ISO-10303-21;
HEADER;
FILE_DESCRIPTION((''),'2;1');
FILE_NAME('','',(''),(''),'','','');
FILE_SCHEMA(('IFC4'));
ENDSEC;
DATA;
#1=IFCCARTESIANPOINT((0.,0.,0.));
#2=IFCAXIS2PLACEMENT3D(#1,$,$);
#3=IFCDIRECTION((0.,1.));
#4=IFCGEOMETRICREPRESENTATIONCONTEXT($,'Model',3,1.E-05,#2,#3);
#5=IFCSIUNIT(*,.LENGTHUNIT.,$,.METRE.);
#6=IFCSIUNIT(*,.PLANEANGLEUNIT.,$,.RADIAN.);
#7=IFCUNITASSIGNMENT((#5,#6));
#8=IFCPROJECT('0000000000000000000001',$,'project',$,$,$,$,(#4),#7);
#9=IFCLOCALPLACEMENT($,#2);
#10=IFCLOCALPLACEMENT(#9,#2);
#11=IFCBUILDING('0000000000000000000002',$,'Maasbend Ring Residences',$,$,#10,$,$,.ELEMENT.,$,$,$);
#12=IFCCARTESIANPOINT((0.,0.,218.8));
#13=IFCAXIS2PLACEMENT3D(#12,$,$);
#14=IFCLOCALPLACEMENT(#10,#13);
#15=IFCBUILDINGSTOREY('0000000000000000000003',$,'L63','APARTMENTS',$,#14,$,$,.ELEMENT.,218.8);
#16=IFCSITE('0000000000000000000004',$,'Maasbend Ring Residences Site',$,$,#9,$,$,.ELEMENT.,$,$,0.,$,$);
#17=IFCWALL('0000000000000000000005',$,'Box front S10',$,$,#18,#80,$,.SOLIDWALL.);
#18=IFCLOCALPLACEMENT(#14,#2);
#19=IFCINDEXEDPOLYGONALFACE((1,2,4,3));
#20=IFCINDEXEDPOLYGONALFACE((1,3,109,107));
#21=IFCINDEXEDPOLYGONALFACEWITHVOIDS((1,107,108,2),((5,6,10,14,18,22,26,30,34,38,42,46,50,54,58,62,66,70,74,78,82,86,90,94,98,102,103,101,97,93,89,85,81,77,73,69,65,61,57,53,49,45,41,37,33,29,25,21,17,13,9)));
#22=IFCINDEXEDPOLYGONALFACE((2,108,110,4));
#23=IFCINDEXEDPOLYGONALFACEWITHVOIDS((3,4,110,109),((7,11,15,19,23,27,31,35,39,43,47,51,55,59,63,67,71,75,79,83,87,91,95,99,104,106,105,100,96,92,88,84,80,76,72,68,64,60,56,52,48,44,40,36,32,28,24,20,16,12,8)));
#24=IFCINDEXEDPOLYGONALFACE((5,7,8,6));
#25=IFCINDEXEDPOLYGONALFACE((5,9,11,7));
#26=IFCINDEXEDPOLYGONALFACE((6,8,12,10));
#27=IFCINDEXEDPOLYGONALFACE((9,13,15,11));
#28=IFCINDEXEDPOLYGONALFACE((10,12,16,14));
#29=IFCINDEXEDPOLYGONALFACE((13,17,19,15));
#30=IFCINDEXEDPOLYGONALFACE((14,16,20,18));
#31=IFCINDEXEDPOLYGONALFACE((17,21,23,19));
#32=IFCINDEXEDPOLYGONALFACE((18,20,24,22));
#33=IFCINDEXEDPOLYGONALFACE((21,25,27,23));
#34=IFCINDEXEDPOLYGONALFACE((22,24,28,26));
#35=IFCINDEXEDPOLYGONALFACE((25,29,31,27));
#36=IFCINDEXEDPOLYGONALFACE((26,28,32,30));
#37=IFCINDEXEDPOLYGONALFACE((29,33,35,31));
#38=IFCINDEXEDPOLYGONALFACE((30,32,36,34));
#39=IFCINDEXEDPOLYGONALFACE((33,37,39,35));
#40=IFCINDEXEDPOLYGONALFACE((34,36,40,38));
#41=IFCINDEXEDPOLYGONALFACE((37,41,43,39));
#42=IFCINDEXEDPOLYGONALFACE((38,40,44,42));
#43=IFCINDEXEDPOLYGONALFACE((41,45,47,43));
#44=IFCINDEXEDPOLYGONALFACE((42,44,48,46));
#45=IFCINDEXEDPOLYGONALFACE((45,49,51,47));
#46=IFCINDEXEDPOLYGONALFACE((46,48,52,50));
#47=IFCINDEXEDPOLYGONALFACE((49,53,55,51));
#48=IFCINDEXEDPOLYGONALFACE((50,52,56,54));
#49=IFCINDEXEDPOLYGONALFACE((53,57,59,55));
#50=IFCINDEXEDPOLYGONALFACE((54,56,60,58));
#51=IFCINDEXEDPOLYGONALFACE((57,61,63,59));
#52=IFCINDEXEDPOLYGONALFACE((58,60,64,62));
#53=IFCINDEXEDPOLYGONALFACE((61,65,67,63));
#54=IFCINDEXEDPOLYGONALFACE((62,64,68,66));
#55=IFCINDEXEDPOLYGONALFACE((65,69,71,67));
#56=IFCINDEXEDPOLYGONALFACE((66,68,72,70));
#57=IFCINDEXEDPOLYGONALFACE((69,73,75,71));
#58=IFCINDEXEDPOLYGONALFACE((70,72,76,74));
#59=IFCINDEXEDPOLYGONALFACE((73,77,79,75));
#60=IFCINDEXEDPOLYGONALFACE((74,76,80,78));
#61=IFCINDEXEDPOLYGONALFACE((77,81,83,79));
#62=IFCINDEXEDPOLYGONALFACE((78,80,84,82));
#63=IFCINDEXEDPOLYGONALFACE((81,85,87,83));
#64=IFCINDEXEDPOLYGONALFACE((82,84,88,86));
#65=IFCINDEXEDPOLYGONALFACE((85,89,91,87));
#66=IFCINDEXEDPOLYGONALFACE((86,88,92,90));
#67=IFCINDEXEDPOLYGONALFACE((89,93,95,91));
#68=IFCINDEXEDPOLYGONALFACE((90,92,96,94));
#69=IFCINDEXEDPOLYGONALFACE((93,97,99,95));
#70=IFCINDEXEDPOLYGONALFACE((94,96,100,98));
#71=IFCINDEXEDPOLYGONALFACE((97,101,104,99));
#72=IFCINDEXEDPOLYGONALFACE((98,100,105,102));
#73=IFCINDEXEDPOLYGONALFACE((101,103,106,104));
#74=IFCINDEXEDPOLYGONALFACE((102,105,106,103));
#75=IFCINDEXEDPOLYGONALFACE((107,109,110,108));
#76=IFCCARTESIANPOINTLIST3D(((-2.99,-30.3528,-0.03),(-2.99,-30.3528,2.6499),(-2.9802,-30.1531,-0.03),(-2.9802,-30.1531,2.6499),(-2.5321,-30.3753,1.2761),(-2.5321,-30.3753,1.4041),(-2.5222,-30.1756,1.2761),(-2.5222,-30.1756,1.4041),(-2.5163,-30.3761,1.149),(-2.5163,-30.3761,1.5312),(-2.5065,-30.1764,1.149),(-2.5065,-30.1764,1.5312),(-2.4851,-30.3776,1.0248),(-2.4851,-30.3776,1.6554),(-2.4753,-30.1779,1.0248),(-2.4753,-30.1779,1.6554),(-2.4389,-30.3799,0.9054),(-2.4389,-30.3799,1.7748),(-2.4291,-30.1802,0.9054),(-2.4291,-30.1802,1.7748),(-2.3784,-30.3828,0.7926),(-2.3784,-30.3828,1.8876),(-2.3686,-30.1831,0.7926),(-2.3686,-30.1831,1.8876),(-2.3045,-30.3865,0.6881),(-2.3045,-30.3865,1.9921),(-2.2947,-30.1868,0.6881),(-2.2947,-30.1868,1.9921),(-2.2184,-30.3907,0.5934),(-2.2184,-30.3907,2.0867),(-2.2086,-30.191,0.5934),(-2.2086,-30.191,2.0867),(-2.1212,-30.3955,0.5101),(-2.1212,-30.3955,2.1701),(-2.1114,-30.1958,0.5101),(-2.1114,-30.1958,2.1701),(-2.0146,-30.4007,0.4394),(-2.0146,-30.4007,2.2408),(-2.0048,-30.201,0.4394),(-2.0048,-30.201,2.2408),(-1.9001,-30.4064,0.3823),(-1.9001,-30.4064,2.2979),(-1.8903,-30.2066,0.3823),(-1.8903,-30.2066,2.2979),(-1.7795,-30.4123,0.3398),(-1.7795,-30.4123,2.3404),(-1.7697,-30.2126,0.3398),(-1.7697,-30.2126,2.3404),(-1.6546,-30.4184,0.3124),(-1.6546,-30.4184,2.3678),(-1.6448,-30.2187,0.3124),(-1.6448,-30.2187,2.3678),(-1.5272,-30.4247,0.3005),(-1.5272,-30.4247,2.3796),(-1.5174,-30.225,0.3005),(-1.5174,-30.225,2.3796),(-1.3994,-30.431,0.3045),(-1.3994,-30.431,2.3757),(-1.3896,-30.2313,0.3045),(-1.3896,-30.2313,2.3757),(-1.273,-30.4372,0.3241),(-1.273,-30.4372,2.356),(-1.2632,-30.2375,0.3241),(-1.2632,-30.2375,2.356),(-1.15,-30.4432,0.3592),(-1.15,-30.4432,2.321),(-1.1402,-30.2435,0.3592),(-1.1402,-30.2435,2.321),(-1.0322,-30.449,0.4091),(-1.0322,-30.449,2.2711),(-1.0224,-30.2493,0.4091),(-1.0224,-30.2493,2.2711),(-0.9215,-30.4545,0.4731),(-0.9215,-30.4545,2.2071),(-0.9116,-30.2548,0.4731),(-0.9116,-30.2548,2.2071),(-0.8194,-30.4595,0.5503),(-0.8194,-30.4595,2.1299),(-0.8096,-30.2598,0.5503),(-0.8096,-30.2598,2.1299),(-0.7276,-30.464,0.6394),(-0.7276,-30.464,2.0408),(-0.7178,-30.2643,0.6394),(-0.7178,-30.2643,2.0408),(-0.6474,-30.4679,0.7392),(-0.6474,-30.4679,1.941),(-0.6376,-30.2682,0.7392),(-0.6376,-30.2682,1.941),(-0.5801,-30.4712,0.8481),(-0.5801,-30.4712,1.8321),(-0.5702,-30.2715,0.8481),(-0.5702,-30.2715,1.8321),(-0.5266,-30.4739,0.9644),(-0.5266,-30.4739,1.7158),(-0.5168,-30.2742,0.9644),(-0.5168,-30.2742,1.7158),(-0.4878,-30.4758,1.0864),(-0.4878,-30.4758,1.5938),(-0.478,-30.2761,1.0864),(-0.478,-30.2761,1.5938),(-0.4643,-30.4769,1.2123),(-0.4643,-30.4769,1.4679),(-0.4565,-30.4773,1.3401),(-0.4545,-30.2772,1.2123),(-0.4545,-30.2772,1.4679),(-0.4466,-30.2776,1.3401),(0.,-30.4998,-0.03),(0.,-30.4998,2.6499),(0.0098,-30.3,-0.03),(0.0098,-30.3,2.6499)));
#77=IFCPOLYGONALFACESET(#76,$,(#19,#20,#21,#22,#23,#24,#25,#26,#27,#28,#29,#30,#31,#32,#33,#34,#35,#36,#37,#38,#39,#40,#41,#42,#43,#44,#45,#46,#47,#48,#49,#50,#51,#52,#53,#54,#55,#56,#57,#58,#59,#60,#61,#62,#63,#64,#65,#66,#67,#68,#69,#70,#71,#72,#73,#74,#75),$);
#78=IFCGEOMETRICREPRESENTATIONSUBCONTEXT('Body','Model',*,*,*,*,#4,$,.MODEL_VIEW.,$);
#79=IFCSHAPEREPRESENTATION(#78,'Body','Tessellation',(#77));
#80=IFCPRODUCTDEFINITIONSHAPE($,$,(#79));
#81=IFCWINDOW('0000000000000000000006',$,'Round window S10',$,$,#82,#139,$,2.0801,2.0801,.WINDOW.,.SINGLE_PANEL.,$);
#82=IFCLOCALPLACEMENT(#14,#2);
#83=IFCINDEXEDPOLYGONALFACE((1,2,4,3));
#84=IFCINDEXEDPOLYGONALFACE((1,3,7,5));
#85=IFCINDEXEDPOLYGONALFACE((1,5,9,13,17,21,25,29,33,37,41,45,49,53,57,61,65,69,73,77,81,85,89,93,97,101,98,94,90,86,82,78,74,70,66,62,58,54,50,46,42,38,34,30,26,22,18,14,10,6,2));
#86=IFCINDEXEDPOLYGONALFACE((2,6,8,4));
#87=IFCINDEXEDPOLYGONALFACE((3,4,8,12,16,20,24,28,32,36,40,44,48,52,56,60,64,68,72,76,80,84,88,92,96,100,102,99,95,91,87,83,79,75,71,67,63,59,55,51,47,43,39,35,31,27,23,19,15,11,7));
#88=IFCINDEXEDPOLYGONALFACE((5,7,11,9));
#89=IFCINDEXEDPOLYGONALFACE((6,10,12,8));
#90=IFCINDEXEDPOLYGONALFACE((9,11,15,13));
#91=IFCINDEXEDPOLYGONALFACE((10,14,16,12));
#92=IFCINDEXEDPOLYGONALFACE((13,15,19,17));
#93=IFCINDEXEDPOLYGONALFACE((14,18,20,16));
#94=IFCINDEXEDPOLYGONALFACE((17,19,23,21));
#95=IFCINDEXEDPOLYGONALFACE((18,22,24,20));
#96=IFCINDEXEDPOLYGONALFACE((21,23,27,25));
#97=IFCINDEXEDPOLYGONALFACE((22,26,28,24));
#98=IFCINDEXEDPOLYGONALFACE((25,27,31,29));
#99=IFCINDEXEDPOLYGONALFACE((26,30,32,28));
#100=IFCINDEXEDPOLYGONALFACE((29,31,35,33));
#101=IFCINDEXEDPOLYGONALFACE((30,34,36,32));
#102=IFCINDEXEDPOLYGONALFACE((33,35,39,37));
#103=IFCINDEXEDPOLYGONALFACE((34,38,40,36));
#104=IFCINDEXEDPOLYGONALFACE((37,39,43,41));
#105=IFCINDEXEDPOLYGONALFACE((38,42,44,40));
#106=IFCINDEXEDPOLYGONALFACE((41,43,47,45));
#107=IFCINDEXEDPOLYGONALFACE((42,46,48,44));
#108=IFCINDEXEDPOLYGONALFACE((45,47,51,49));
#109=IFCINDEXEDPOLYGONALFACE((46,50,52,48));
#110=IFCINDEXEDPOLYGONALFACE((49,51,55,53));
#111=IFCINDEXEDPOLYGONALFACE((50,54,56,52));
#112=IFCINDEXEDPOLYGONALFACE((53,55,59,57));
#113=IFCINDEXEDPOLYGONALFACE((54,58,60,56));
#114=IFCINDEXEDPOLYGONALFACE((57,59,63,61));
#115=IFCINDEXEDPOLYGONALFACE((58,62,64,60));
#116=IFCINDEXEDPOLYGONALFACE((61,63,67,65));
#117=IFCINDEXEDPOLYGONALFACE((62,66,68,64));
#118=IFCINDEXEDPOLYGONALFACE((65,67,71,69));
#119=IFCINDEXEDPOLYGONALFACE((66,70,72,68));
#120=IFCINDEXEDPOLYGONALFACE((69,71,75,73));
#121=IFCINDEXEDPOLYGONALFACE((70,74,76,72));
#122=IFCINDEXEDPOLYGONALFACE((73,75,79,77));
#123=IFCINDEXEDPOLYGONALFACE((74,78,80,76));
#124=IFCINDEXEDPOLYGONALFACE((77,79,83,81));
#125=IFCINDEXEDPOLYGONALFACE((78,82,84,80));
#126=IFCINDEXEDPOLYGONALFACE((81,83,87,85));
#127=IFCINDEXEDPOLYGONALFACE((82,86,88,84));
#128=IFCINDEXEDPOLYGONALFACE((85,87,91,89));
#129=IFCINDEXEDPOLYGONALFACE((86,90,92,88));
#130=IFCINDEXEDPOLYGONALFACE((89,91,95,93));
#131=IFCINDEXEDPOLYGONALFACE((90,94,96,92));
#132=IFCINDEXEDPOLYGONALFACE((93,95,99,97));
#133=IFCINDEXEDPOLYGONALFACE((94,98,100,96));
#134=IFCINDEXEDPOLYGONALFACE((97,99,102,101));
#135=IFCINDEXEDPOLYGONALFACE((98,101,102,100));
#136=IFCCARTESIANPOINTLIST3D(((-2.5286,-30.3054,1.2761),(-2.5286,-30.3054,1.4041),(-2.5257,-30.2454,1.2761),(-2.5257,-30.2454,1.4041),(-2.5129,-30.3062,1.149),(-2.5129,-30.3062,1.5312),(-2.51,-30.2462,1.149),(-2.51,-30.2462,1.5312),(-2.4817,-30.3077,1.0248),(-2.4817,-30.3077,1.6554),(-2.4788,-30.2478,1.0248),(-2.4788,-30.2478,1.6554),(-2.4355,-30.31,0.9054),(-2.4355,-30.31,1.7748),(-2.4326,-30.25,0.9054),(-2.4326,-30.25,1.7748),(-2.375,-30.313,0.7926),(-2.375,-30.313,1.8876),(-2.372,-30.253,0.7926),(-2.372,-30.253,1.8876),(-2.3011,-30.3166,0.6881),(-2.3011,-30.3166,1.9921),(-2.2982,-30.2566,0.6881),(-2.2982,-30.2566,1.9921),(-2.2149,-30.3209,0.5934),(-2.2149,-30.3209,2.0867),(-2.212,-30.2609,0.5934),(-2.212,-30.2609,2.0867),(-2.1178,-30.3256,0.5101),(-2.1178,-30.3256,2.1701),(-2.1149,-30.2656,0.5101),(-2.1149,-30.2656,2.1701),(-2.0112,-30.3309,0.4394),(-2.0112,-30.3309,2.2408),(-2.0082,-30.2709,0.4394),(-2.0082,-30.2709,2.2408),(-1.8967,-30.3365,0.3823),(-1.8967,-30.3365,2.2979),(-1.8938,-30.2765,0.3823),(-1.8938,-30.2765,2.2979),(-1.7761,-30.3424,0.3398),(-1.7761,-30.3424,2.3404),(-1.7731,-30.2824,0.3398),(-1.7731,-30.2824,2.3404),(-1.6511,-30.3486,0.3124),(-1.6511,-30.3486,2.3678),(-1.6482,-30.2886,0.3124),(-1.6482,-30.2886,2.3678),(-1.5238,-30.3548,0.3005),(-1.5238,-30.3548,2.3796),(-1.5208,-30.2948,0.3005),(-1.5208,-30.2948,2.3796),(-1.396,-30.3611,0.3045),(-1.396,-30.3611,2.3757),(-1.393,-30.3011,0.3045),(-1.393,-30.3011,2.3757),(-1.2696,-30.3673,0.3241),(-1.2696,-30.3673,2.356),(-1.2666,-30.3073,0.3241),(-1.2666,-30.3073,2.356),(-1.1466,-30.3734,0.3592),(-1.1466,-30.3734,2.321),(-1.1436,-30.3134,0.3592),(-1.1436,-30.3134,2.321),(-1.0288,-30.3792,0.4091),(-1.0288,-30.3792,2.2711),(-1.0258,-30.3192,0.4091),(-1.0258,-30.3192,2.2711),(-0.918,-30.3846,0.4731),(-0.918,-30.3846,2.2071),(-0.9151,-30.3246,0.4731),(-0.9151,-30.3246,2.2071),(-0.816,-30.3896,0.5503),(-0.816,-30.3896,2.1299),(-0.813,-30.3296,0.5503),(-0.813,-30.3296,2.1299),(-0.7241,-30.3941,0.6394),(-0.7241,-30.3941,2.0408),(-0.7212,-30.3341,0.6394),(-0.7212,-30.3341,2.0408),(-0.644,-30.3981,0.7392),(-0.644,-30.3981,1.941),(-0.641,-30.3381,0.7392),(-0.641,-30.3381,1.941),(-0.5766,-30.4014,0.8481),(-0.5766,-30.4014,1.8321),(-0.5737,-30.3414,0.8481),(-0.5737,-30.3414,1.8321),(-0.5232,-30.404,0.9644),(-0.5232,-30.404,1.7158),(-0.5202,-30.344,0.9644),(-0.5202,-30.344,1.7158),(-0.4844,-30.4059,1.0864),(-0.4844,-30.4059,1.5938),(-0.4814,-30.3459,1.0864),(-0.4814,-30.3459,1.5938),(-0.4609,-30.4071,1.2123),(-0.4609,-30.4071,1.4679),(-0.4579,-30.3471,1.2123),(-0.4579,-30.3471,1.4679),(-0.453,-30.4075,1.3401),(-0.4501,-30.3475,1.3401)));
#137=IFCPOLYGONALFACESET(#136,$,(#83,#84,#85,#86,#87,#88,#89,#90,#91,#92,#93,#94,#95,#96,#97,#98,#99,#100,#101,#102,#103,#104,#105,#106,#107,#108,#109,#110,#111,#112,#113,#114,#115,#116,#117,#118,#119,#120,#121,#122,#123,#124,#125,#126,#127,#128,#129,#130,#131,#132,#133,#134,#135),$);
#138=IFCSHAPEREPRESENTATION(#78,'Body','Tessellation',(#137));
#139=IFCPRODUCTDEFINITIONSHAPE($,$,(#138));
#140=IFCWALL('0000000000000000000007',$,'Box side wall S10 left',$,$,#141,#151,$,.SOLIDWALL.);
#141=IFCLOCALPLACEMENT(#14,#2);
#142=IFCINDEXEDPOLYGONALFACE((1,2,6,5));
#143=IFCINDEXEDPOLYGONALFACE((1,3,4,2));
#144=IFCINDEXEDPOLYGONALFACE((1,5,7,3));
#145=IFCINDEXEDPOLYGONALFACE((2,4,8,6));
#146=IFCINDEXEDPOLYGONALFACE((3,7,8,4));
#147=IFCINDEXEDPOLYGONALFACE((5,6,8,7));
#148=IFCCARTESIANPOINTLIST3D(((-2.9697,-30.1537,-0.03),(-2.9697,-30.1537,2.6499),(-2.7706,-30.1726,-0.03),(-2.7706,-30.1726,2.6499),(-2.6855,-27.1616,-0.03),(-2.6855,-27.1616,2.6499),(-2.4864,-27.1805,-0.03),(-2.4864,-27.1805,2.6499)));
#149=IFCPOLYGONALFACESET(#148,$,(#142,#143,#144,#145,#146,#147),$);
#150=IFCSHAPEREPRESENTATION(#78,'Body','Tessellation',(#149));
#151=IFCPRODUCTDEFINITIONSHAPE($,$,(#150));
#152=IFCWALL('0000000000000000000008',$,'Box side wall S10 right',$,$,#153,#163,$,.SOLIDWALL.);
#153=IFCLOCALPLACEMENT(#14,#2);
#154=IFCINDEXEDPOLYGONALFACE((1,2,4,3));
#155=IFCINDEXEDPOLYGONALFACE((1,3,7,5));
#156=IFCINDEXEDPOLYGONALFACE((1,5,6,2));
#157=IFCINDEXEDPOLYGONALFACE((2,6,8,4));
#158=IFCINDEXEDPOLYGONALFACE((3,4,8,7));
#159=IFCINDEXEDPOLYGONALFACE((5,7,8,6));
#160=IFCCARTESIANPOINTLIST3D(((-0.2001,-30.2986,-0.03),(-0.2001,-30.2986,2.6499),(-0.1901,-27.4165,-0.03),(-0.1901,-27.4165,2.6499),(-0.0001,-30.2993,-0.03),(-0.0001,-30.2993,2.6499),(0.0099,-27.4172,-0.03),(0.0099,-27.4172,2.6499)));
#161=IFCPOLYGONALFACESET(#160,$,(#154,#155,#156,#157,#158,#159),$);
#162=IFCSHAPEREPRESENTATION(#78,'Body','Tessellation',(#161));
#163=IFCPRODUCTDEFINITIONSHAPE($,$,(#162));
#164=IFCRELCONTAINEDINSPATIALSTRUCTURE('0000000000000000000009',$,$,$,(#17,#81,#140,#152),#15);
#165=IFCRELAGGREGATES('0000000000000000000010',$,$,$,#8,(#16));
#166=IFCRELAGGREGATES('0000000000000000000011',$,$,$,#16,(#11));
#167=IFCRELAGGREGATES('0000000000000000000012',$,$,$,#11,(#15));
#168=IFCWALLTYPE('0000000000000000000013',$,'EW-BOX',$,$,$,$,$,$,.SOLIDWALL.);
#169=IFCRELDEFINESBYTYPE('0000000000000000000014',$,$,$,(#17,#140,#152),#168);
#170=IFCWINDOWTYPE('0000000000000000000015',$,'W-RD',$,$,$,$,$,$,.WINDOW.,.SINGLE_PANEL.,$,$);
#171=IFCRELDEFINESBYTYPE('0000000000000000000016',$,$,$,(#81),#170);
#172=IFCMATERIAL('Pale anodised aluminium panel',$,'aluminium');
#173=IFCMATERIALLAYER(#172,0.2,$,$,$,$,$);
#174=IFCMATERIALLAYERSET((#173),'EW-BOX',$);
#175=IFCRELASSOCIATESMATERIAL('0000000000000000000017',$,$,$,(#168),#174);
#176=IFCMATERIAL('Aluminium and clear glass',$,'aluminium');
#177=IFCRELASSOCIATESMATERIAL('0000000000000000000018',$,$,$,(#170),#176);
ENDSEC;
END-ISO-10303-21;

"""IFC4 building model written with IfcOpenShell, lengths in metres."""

from ifc_helpers import new_model, si_unit, direction, frame, frame_2d, origin, place, context, subcontext, project, spatial, rectangle, circle, extrude, material, layer, layer_set, type_object, element, fill, save


model = new_model("IFC4")

# Units and contexts
model_context = context("Model", 3, precision=1e-05, world=origin(), true_north=direction((0.0, 1.0)))
body_context = subcontext(model_context, "Body", "Model", "MODEL_VIEW")
ifc_project = project(units=[si_unit("LENGTHUNIT", "METRE"), si_unit("PLANEANGLEUNIT", "RADIAN")], contexts=[model_context])

# Site, building, storey
site_placement = place(None, origin())
site = spatial("IfcSite", under=ifc_project, at=site_placement, Name="Maasbend Ring Residences Site", CompositionType="ELEMENT", RefElevation=0.0)
building_placement = place(site_placement, origin())
building = spatial("IfcBuilding", under=site, at=building_placement, Name="Maasbend Ring Residences", CompositionType="ELEMENT")
storey_placement = place(building_placement, frame((0.0, 0.0, 218.8)))
storey = spatial("IfcBuildingStorey", under=building, at=storey_placement, Name="L63", Description="APARTMENTS", CompositionType="ELEMENT", Elevation=218.8)

# Shared definitions
ifc_material_1 = material(Name="Pale anodised aluminium panel", Category="aluminium")
ifc_layer_1 = layer(ifc_material_1, 0.2)
ifc_layer_set_1 = layer_set([ifc_layer_1], Name="EW-BOX")
wall_type_1 = type_object("IfcWallType", Name="EW-BOX", PredefinedType="SOLIDWALL", material=ifc_layer_set_1)

# Shared definitions
ifc_material_2 = material(Name="Aluminium and clear glass", Category="aluminium")
window_type_1 = type_object("IfcWindowType", Name="W-RD", PartitioningType="SINGLE_PANEL", PredefinedType="WINDOW", material=ifc_material_2)

# Wall, opening, window
wall_1_placement = place(storey_placement, frame((-2.9851, -30.2529, -0.03), z_axis=(0.0, 0.0, 1.0), x_axis=(0.998794, -0.049096, 0.0)))
wall_1 = element("IfcWall", 1, at=wall_1_placement, inside=storey, type_object=wall_type_1, Name="Box front S10", PredefinedType="SOLIDWALL", context=body_context, shape_type="SweptSolid", body=[
    extrude(rectangle(XDim=2.9937, YDim=0.2, at=frame_2d((1.4968, 0.0))), origin(), (0.0, 0.0, 1.0), 2.6799),
])
opening_1_placement = place(wall_1_placement, frame((0.4565, 0.0, 0.3301)))
opening_1 = element("IfcOpeningElement", 2, at=opening_1_placement, cuts=wall_1, PredefinedType="OPENING", context=body_context, shape_type="SweptSolid", body=[
    extrude(circle(Radius=1.04, at=frame_2d((1.04, 1.04))), frame((0.0, 0.1099, 0.0), z_axis=(0.0, -1.0, 0.0), x_axis=(1.0, 0.0, 0.0)), (0.0, 0.0, 1.0), 0.22),
])
window_1_placement = place(opening_1_placement, origin())
window_1 = element("IfcWindow", 3, at=window_1_placement, inside=storey, type_object=window_type_1, Name="Round window S10", OverallHeight=2.0801, OverallWidth=2.0801, PartitioningType="SINGLE_PANEL", PredefinedType="WINDOW", context=body_context, shape_type="SweptSolid", body=[
    extrude(circle(Radius=1.04, at=frame_2d((1.04, 1.04))), frame((0.0, 0.03, 0.0), z_axis=(0.0, -1.0, 0.0), x_axis=(1.0, 0.0, 0.0)), (0.0, 0.0, 1.0), 0.0601),
])
fill(opening_1, window_1)

# Walls
wall_2_placement = place(storey_placement, frame((-2.5859, -27.1709, -0.03), z_axis=(0.0, 0.0, 1.0), x_axis=(-0.094548, -0.99552, 0.0)))
element("IfcWall", 4, at=wall_2_placement, inside=storey, type_object=wall_type_1, Name="Box side wall S10 left", PredefinedType="SOLIDWALL", context=body_context, shape_type="SweptSolid", body=[
    extrude(rectangle(XDim=3.0056, YDim=0.2, at=frame_2d((1.5029, 0.0))), origin(), (0.0, 0.0, 1.0), 2.6799),
])
wall_3_placement = place(storey_placement, frame((-0.0901, -27.417, -0.03), z_axis=(0.0, 0.0, 1.0), x_axis=(-0.003473, -0.999994, 0.0)))
element("IfcWall", 5, at=wall_3_placement, inside=storey, type_object=wall_type_1, Name="Box side wall S10 right", PredefinedType="SOLIDWALL", context=body_context, shape_type="SweptSolid", body=[
    extrude(rectangle(XDim=2.8821, YDim=0.2, at=frame_2d((1.4409, 0.0))), origin(), (0.0, 0.0, 1.0), 2.6799),
])

save(model, "model.ifc")
